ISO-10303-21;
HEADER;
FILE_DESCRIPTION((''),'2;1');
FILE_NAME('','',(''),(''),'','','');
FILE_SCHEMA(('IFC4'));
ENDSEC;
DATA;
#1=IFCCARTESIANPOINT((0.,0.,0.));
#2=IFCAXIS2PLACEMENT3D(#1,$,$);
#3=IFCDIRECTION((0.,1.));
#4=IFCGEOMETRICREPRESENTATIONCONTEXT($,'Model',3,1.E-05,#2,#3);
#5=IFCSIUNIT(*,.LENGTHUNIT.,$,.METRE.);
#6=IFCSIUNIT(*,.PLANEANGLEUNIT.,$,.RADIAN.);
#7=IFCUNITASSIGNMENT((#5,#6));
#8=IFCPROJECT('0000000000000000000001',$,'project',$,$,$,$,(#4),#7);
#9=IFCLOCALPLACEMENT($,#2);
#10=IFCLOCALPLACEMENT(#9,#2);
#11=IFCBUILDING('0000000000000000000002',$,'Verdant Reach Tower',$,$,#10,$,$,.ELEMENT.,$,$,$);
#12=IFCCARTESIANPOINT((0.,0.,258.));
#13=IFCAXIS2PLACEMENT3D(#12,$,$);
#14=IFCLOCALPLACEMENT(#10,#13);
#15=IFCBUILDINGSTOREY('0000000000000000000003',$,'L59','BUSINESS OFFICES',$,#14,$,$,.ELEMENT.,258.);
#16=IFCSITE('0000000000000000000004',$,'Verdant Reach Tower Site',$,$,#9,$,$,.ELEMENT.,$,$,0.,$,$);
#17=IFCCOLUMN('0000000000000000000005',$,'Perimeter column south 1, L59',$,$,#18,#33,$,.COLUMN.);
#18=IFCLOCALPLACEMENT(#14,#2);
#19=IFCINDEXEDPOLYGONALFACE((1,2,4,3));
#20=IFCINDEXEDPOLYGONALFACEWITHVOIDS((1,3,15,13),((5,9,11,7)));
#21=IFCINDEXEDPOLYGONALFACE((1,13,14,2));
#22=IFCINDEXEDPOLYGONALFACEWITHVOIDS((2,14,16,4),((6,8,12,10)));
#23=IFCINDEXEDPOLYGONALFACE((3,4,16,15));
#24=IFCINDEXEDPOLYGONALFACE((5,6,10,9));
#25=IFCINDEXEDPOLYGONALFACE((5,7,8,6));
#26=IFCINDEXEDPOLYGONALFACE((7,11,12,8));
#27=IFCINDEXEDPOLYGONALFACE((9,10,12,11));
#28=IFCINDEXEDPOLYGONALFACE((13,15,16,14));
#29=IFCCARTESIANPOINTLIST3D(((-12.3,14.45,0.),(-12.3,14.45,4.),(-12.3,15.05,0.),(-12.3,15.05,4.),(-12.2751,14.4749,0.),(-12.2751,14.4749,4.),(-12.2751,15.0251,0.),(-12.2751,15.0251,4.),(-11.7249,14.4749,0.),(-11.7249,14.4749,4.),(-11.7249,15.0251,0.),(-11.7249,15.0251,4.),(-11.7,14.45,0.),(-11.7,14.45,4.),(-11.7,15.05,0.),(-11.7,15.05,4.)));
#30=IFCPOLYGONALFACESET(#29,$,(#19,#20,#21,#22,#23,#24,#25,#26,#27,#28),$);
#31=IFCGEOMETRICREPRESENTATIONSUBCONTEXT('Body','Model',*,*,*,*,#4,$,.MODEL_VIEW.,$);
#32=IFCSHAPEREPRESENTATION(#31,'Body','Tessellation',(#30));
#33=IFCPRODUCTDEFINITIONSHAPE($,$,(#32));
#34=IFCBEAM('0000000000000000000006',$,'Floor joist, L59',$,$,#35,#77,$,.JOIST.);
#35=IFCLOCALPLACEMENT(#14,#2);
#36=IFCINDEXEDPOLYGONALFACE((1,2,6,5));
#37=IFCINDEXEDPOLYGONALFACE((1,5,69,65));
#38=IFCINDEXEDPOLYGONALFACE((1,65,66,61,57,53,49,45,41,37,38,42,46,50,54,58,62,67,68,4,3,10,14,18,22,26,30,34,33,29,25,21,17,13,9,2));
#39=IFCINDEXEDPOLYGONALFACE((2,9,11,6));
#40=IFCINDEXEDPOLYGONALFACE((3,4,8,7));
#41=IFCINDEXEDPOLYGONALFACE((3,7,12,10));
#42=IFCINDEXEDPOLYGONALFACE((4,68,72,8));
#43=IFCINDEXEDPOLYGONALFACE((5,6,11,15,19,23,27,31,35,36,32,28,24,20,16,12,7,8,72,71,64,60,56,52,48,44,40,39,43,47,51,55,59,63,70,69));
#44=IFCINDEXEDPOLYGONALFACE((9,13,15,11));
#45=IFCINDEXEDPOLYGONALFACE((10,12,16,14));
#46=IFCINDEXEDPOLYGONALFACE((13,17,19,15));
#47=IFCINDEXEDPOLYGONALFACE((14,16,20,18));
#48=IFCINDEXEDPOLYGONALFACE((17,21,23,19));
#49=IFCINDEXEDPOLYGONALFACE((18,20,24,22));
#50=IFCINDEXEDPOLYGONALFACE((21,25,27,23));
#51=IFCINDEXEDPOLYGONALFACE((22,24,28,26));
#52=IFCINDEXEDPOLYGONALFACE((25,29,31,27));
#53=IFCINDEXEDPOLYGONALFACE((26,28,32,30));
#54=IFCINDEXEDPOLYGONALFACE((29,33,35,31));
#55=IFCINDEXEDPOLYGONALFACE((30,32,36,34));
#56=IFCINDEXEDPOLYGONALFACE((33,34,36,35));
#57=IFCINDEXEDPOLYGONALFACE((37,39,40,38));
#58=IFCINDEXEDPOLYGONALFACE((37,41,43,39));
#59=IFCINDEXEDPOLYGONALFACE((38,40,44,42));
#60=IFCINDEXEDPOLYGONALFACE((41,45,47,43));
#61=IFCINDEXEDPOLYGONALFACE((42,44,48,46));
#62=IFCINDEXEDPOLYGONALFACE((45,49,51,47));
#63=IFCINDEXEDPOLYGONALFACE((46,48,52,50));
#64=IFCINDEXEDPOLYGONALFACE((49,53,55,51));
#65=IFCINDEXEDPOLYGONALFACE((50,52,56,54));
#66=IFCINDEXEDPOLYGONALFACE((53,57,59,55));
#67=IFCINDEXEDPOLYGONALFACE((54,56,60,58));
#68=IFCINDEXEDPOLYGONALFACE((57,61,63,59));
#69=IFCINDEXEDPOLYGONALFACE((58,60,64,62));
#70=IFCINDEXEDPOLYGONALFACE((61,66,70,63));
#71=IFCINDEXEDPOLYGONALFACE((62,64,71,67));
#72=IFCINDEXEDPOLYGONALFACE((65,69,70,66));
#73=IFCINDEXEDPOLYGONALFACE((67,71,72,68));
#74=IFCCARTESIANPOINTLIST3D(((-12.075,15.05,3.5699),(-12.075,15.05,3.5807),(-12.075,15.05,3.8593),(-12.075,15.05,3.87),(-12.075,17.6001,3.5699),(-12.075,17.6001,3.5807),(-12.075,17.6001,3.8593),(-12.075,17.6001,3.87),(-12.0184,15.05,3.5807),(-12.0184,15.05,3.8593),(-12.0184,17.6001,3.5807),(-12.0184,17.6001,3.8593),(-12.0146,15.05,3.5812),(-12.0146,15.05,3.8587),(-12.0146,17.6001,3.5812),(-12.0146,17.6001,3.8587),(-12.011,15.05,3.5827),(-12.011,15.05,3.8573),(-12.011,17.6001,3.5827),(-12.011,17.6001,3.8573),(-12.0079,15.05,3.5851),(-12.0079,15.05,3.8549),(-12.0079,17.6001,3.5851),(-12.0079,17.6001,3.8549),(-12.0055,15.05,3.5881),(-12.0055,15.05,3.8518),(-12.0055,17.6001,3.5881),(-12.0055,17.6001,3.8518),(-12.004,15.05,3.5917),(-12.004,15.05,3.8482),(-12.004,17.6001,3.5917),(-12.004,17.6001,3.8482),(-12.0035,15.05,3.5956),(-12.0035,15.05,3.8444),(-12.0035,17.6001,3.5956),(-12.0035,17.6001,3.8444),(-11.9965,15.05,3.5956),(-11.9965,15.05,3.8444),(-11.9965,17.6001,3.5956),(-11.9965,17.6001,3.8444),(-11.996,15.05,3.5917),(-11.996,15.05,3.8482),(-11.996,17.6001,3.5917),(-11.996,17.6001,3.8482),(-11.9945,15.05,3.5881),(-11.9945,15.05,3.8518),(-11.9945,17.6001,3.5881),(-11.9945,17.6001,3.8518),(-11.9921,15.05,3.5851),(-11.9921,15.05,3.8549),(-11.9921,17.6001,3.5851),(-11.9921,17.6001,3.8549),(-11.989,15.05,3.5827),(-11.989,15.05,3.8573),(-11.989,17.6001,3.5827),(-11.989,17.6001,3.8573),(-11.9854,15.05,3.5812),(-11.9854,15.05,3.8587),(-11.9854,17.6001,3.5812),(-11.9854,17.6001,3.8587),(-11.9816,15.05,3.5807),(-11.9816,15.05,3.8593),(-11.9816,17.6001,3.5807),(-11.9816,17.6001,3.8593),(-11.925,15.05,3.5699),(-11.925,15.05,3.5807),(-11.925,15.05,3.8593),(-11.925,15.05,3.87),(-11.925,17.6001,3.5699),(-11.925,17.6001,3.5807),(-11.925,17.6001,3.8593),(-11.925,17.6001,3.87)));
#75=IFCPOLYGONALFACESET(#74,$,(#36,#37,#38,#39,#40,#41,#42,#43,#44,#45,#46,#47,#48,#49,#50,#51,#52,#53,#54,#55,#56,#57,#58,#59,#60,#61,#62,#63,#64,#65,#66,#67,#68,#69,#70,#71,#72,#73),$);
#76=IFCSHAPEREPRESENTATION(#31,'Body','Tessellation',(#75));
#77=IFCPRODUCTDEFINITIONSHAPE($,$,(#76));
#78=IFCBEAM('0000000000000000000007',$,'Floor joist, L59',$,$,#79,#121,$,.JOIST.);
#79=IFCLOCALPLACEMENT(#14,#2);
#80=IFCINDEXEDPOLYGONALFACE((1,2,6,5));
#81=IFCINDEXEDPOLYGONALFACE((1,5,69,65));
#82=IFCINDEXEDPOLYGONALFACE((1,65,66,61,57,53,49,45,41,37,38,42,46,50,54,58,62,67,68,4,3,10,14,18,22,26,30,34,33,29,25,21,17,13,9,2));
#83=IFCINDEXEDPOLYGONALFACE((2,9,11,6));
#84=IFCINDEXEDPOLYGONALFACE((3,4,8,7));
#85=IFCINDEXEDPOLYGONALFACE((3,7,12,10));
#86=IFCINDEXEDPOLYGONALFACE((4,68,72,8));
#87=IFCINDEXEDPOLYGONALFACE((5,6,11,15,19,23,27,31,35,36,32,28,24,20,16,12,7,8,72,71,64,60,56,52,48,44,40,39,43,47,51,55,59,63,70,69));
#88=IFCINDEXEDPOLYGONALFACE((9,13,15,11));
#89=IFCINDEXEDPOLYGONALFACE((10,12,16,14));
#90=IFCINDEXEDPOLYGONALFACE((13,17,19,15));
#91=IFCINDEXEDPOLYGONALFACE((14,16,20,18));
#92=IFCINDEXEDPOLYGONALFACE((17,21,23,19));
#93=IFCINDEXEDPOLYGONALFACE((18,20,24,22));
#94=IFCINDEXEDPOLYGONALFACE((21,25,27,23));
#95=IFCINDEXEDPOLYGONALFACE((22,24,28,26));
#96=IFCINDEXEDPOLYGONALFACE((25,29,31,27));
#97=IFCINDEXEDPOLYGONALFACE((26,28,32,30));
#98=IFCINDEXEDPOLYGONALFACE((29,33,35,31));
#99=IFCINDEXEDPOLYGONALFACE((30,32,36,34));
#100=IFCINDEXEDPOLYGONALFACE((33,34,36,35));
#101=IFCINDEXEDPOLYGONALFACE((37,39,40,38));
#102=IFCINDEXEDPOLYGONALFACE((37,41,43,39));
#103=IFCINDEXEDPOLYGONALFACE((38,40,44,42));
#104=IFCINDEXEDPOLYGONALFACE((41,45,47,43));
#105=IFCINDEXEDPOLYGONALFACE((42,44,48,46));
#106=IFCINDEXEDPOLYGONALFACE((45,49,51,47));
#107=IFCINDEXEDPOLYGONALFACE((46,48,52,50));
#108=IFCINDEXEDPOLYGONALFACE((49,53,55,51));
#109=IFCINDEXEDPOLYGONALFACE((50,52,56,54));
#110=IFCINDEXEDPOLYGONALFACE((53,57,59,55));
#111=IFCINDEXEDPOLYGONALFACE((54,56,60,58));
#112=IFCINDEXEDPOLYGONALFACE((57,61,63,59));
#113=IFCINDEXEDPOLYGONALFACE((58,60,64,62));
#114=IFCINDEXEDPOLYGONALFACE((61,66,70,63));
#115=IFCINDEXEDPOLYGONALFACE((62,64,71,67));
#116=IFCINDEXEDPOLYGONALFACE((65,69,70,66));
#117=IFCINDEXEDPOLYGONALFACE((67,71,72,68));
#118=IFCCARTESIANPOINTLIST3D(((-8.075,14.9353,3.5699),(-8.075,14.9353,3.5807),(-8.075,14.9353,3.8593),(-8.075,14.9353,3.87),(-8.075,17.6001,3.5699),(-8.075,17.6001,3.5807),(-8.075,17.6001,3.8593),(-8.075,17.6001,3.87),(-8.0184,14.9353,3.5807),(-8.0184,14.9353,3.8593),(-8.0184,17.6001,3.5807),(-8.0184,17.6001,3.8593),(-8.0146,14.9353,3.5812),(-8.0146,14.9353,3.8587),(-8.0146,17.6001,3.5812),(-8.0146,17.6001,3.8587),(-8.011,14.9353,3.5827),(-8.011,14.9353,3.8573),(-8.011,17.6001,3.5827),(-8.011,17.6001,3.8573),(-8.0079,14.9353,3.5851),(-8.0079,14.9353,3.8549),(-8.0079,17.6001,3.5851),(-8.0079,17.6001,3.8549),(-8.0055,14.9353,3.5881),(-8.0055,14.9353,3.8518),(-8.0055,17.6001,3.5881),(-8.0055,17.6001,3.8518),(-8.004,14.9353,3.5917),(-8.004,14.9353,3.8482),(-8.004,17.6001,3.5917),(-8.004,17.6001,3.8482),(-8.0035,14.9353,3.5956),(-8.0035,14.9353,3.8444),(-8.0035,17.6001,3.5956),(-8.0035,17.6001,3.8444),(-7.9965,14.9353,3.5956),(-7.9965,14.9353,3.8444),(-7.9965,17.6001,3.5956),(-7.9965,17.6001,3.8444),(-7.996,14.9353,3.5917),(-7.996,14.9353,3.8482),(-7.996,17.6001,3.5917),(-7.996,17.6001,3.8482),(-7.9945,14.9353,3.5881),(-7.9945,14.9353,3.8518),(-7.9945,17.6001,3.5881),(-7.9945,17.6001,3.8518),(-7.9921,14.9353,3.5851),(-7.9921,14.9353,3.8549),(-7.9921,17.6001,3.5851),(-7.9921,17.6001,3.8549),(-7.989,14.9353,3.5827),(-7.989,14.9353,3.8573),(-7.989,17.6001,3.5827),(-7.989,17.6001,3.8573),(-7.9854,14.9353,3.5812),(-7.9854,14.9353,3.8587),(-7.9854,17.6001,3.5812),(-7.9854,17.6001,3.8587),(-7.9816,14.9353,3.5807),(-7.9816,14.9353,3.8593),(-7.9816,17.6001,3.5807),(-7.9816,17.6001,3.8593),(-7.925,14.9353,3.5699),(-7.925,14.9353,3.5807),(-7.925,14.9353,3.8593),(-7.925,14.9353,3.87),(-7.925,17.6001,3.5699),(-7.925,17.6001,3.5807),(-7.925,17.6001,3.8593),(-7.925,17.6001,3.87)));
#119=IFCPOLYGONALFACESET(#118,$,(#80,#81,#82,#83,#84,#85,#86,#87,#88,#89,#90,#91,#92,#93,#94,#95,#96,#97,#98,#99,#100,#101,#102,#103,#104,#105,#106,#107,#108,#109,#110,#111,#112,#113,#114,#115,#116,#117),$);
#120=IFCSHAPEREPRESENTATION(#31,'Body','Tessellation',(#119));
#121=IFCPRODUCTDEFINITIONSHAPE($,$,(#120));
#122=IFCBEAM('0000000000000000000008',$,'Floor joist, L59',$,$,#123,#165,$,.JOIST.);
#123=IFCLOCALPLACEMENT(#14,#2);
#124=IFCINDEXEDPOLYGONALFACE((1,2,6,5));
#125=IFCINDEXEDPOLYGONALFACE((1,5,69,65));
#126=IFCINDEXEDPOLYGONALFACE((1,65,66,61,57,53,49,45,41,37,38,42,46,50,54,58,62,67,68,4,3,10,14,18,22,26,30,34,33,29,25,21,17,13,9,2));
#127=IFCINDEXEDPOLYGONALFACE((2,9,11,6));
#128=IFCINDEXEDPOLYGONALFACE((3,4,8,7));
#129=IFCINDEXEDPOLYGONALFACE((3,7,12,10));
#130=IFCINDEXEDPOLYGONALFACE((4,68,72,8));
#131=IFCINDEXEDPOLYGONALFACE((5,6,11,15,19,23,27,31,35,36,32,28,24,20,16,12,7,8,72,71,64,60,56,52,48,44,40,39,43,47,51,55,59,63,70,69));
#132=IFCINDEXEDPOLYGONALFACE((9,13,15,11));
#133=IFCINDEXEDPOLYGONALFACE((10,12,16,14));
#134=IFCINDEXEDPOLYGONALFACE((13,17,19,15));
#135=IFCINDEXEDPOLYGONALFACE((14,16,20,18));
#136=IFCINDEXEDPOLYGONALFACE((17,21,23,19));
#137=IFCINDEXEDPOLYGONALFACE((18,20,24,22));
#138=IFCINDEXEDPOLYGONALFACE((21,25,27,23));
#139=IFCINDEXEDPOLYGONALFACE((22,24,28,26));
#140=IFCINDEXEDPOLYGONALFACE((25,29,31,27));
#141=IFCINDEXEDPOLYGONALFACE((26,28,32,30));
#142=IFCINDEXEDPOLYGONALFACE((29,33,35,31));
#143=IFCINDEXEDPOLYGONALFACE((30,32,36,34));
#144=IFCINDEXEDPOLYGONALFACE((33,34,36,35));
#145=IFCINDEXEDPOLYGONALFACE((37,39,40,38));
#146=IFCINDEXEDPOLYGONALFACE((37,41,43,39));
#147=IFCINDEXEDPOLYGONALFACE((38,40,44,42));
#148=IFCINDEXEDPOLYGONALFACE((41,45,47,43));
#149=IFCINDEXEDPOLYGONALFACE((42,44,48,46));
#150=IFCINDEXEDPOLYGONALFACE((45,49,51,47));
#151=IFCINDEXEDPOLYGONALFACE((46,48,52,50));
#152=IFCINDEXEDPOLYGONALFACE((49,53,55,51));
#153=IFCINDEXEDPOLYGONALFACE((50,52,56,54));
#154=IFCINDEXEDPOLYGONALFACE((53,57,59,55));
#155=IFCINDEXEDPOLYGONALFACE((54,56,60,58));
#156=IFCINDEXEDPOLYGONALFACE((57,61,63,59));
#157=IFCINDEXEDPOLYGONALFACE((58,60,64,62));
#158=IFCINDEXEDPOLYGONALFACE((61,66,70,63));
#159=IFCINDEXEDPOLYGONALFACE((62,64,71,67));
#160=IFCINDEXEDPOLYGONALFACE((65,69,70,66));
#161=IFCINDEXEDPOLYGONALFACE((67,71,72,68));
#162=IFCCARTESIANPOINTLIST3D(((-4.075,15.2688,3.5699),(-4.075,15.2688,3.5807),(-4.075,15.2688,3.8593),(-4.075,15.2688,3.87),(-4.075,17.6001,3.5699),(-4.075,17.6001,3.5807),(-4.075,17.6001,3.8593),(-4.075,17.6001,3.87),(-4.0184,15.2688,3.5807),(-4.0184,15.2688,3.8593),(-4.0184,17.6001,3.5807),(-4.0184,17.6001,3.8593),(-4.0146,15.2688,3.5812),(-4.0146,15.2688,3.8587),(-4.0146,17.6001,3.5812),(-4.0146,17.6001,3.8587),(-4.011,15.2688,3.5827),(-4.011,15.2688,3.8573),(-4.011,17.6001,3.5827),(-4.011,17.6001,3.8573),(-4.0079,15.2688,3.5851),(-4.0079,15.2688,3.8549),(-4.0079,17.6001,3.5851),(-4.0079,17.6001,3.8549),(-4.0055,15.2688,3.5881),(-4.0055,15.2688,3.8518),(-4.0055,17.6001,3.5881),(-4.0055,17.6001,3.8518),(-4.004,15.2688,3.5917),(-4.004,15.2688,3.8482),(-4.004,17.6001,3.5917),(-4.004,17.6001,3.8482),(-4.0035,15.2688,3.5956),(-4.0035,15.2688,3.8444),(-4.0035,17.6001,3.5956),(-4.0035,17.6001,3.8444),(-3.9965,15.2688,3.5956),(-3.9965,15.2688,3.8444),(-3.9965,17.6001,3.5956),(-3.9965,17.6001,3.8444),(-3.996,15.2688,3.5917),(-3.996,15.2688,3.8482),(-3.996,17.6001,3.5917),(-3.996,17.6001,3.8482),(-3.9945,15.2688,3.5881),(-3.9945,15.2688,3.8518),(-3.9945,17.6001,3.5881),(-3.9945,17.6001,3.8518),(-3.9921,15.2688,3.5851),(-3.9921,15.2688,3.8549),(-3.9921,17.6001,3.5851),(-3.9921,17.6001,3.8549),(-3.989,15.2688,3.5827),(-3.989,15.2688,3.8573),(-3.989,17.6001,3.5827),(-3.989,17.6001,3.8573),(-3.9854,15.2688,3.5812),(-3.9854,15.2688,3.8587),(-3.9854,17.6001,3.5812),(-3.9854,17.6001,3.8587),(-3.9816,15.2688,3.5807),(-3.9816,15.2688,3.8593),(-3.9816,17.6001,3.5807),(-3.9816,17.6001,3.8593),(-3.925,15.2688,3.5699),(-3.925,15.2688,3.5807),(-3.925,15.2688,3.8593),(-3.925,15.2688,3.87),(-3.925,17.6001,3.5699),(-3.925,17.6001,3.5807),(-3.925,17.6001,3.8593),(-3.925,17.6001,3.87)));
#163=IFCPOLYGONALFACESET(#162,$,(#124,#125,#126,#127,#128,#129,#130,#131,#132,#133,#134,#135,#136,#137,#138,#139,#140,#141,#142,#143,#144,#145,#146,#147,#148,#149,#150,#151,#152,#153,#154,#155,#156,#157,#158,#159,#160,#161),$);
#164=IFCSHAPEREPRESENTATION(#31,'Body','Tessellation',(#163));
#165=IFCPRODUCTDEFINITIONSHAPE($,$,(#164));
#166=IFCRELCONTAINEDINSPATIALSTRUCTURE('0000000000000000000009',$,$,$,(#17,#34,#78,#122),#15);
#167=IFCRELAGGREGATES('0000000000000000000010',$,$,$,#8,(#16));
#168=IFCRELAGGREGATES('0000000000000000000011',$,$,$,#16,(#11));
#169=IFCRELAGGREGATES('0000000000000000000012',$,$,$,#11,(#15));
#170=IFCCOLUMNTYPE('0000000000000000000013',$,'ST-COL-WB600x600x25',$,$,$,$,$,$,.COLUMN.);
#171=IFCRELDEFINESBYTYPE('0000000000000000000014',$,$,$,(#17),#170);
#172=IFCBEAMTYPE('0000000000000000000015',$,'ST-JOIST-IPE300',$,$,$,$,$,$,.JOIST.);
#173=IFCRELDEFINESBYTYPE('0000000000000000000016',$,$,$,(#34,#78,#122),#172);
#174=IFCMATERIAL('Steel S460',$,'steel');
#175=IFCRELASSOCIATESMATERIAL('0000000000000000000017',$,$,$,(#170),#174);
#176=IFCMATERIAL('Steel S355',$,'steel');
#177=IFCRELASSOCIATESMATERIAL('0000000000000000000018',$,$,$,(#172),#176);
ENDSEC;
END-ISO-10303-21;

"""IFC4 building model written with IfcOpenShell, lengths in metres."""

from ifc_helpers import new_model, si_unit, direction, frame, origin, origin_2d, place, context, subcontext, project, spatial, hollow_rectangle, i_section, extrude, material, material_profile, profile_set, type_object, element, save


model = new_model("IFC4")

# Units and contexts
model_context = context("Model", 3, precision=1e-05, world=origin(), true_north=direction((0.0, 1.0)))
body_context = subcontext(model_context, "Body", "Model", "MODEL_VIEW")
ifc_project = project(units=[si_unit("LENGTHUNIT", "METRE"), si_unit("PLANEANGLEUNIT", "RADIAN")], contexts=[model_context])

# Site, building, storey
site_placement = place(None, origin())
site = spatial("IfcSite", under=ifc_project, at=site_placement, Name="Verdant Reach Tower Site", CompositionType="ELEMENT", RefElevation=0.0)
building_placement = place(site_placement, origin())
building = spatial("IfcBuilding", under=site, at=building_placement, Name="Verdant Reach Tower", CompositionType="ELEMENT")
storey_placement = place(building_placement, frame((0.0, 0.0, 258.0)))
storey = spatial("IfcBuildingStorey", under=building, at=storey_placement, Name="L59", Description="BUSINESS OFFICES", CompositionType="ELEMENT", Elevation=258.0)

# Column
ifc_material_1 = material(Name="Steel S460", Category="steel")
ifc_material_profile_1 = material_profile(ifc_material_1, hollow_rectangle(XDim=0.6001, YDim=0.6001, WallThickness=0.0249, at=origin_2d()), Name="WB 600x600x25")
ifc_profile_set_1 = profile_set([ifc_material_profile_1], Name="Steel S460")
column_type = type_object("IfcColumnType", Name="ST-COL-WB600x600x25", PredefinedType="COLUMN", material=ifc_profile_set_1)
column_placement = place(storey_placement, frame((-12.0, 14.75, 0.0), z_axis=(0.0, 0.0, 1.0), x_axis=(1.0, 0.0, 0.0)))
element("IfcColumn", 1, at=column_placement, inside=storey, type_object=column_type, Name="Perimeter column south 1, L59", PredefinedType="COLUMN", context=body_context, shape_type="SweptSolid", body=[
    extrude(hollow_rectangle(XDim=0.6001, YDim=0.6001, WallThickness=0.0249, at=origin_2d()), origin(), (0.0, 0.0, 1.0), 4.0),
])

# Beams
ifc_material_2 = material(Name="Steel S355", Category="steel")
ifc_material_profile_2 = material_profile(ifc_material_2, i_section(OverallWidth=0.1499, OverallDepth=0.3, WebThickness=0.0071, FlangeThickness=0.0107, FilletRadius=0.0149, at=origin_2d()), Name="IPE 300")
ifc_profile_set_2 = profile_set([ifc_material_profile_2], Name="Steel S355")
beam_type_1 = type_object("IfcBeamType", Name="ST-JOIST-IPE300", PredefinedType="JOIST", material=ifc_profile_set_2)
beam_1_placement = place(storey_placement, frame((-12.0, 17.6001, 3.72), z_axis=(0.0, -1.0, 0.0), x_axis=(1.0, 0.0, 0.0)))
element("IfcBeam", 2, at=beam_1_placement, inside=storey, type_object=beam_type_1, Name="Floor joist, L59", PredefinedType="JOIST", context=body_context, shape_type="SweptSolid", body=[
    extrude(i_section(OverallWidth=0.1499, OverallDepth=0.3, WebThickness=0.0071, FlangeThickness=0.0107, FilletRadius=0.0149, at=origin_2d()), origin(), (0.0, 0.0, 1.0), 2.55),
])
beam_2_placement = place(storey_placement, frame((-8.0, 17.6001, 3.72), z_axis=(0.0, -1.0, 0.0), x_axis=(1.0, 0.0, 0.0)))
element("IfcBeam", 3, at=beam_2_placement, inside=storey, type_object=beam_type_1, Name="Floor joist, L59", PredefinedType="JOIST", context=body_context, shape_type="SweptSolid", body=[
    extrude(i_section(OverallWidth=0.1499, OverallDepth=0.3, WebThickness=0.0071, FlangeThickness=0.0107, FilletRadius=0.0149, at=origin_2d()), origin(), (0.0, 0.0, 1.0), 2.6648),
])
beam_3_placement = place(storey_placement, frame((-4.0, 17.6001, 3.72), z_axis=(0.0, -1.0, 0.0), x_axis=(1.0, 0.0, 0.0)))
element("IfcBeam", 4, at=beam_3_placement, inside=storey, type_object=beam_type_1, Name="Floor joist, L59", PredefinedType="JOIST", context=body_context, shape_type="SweptSolid", body=[
    extrude(i_section(OverallWidth=0.1499, OverallDepth=0.3, WebThickness=0.0071, FlangeThickness=0.0107, FilletRadius=0.0149, at=origin_2d()), origin(), (0.0, 0.0, 1.0), 2.3313),
])

save(model, "model.ifc")
